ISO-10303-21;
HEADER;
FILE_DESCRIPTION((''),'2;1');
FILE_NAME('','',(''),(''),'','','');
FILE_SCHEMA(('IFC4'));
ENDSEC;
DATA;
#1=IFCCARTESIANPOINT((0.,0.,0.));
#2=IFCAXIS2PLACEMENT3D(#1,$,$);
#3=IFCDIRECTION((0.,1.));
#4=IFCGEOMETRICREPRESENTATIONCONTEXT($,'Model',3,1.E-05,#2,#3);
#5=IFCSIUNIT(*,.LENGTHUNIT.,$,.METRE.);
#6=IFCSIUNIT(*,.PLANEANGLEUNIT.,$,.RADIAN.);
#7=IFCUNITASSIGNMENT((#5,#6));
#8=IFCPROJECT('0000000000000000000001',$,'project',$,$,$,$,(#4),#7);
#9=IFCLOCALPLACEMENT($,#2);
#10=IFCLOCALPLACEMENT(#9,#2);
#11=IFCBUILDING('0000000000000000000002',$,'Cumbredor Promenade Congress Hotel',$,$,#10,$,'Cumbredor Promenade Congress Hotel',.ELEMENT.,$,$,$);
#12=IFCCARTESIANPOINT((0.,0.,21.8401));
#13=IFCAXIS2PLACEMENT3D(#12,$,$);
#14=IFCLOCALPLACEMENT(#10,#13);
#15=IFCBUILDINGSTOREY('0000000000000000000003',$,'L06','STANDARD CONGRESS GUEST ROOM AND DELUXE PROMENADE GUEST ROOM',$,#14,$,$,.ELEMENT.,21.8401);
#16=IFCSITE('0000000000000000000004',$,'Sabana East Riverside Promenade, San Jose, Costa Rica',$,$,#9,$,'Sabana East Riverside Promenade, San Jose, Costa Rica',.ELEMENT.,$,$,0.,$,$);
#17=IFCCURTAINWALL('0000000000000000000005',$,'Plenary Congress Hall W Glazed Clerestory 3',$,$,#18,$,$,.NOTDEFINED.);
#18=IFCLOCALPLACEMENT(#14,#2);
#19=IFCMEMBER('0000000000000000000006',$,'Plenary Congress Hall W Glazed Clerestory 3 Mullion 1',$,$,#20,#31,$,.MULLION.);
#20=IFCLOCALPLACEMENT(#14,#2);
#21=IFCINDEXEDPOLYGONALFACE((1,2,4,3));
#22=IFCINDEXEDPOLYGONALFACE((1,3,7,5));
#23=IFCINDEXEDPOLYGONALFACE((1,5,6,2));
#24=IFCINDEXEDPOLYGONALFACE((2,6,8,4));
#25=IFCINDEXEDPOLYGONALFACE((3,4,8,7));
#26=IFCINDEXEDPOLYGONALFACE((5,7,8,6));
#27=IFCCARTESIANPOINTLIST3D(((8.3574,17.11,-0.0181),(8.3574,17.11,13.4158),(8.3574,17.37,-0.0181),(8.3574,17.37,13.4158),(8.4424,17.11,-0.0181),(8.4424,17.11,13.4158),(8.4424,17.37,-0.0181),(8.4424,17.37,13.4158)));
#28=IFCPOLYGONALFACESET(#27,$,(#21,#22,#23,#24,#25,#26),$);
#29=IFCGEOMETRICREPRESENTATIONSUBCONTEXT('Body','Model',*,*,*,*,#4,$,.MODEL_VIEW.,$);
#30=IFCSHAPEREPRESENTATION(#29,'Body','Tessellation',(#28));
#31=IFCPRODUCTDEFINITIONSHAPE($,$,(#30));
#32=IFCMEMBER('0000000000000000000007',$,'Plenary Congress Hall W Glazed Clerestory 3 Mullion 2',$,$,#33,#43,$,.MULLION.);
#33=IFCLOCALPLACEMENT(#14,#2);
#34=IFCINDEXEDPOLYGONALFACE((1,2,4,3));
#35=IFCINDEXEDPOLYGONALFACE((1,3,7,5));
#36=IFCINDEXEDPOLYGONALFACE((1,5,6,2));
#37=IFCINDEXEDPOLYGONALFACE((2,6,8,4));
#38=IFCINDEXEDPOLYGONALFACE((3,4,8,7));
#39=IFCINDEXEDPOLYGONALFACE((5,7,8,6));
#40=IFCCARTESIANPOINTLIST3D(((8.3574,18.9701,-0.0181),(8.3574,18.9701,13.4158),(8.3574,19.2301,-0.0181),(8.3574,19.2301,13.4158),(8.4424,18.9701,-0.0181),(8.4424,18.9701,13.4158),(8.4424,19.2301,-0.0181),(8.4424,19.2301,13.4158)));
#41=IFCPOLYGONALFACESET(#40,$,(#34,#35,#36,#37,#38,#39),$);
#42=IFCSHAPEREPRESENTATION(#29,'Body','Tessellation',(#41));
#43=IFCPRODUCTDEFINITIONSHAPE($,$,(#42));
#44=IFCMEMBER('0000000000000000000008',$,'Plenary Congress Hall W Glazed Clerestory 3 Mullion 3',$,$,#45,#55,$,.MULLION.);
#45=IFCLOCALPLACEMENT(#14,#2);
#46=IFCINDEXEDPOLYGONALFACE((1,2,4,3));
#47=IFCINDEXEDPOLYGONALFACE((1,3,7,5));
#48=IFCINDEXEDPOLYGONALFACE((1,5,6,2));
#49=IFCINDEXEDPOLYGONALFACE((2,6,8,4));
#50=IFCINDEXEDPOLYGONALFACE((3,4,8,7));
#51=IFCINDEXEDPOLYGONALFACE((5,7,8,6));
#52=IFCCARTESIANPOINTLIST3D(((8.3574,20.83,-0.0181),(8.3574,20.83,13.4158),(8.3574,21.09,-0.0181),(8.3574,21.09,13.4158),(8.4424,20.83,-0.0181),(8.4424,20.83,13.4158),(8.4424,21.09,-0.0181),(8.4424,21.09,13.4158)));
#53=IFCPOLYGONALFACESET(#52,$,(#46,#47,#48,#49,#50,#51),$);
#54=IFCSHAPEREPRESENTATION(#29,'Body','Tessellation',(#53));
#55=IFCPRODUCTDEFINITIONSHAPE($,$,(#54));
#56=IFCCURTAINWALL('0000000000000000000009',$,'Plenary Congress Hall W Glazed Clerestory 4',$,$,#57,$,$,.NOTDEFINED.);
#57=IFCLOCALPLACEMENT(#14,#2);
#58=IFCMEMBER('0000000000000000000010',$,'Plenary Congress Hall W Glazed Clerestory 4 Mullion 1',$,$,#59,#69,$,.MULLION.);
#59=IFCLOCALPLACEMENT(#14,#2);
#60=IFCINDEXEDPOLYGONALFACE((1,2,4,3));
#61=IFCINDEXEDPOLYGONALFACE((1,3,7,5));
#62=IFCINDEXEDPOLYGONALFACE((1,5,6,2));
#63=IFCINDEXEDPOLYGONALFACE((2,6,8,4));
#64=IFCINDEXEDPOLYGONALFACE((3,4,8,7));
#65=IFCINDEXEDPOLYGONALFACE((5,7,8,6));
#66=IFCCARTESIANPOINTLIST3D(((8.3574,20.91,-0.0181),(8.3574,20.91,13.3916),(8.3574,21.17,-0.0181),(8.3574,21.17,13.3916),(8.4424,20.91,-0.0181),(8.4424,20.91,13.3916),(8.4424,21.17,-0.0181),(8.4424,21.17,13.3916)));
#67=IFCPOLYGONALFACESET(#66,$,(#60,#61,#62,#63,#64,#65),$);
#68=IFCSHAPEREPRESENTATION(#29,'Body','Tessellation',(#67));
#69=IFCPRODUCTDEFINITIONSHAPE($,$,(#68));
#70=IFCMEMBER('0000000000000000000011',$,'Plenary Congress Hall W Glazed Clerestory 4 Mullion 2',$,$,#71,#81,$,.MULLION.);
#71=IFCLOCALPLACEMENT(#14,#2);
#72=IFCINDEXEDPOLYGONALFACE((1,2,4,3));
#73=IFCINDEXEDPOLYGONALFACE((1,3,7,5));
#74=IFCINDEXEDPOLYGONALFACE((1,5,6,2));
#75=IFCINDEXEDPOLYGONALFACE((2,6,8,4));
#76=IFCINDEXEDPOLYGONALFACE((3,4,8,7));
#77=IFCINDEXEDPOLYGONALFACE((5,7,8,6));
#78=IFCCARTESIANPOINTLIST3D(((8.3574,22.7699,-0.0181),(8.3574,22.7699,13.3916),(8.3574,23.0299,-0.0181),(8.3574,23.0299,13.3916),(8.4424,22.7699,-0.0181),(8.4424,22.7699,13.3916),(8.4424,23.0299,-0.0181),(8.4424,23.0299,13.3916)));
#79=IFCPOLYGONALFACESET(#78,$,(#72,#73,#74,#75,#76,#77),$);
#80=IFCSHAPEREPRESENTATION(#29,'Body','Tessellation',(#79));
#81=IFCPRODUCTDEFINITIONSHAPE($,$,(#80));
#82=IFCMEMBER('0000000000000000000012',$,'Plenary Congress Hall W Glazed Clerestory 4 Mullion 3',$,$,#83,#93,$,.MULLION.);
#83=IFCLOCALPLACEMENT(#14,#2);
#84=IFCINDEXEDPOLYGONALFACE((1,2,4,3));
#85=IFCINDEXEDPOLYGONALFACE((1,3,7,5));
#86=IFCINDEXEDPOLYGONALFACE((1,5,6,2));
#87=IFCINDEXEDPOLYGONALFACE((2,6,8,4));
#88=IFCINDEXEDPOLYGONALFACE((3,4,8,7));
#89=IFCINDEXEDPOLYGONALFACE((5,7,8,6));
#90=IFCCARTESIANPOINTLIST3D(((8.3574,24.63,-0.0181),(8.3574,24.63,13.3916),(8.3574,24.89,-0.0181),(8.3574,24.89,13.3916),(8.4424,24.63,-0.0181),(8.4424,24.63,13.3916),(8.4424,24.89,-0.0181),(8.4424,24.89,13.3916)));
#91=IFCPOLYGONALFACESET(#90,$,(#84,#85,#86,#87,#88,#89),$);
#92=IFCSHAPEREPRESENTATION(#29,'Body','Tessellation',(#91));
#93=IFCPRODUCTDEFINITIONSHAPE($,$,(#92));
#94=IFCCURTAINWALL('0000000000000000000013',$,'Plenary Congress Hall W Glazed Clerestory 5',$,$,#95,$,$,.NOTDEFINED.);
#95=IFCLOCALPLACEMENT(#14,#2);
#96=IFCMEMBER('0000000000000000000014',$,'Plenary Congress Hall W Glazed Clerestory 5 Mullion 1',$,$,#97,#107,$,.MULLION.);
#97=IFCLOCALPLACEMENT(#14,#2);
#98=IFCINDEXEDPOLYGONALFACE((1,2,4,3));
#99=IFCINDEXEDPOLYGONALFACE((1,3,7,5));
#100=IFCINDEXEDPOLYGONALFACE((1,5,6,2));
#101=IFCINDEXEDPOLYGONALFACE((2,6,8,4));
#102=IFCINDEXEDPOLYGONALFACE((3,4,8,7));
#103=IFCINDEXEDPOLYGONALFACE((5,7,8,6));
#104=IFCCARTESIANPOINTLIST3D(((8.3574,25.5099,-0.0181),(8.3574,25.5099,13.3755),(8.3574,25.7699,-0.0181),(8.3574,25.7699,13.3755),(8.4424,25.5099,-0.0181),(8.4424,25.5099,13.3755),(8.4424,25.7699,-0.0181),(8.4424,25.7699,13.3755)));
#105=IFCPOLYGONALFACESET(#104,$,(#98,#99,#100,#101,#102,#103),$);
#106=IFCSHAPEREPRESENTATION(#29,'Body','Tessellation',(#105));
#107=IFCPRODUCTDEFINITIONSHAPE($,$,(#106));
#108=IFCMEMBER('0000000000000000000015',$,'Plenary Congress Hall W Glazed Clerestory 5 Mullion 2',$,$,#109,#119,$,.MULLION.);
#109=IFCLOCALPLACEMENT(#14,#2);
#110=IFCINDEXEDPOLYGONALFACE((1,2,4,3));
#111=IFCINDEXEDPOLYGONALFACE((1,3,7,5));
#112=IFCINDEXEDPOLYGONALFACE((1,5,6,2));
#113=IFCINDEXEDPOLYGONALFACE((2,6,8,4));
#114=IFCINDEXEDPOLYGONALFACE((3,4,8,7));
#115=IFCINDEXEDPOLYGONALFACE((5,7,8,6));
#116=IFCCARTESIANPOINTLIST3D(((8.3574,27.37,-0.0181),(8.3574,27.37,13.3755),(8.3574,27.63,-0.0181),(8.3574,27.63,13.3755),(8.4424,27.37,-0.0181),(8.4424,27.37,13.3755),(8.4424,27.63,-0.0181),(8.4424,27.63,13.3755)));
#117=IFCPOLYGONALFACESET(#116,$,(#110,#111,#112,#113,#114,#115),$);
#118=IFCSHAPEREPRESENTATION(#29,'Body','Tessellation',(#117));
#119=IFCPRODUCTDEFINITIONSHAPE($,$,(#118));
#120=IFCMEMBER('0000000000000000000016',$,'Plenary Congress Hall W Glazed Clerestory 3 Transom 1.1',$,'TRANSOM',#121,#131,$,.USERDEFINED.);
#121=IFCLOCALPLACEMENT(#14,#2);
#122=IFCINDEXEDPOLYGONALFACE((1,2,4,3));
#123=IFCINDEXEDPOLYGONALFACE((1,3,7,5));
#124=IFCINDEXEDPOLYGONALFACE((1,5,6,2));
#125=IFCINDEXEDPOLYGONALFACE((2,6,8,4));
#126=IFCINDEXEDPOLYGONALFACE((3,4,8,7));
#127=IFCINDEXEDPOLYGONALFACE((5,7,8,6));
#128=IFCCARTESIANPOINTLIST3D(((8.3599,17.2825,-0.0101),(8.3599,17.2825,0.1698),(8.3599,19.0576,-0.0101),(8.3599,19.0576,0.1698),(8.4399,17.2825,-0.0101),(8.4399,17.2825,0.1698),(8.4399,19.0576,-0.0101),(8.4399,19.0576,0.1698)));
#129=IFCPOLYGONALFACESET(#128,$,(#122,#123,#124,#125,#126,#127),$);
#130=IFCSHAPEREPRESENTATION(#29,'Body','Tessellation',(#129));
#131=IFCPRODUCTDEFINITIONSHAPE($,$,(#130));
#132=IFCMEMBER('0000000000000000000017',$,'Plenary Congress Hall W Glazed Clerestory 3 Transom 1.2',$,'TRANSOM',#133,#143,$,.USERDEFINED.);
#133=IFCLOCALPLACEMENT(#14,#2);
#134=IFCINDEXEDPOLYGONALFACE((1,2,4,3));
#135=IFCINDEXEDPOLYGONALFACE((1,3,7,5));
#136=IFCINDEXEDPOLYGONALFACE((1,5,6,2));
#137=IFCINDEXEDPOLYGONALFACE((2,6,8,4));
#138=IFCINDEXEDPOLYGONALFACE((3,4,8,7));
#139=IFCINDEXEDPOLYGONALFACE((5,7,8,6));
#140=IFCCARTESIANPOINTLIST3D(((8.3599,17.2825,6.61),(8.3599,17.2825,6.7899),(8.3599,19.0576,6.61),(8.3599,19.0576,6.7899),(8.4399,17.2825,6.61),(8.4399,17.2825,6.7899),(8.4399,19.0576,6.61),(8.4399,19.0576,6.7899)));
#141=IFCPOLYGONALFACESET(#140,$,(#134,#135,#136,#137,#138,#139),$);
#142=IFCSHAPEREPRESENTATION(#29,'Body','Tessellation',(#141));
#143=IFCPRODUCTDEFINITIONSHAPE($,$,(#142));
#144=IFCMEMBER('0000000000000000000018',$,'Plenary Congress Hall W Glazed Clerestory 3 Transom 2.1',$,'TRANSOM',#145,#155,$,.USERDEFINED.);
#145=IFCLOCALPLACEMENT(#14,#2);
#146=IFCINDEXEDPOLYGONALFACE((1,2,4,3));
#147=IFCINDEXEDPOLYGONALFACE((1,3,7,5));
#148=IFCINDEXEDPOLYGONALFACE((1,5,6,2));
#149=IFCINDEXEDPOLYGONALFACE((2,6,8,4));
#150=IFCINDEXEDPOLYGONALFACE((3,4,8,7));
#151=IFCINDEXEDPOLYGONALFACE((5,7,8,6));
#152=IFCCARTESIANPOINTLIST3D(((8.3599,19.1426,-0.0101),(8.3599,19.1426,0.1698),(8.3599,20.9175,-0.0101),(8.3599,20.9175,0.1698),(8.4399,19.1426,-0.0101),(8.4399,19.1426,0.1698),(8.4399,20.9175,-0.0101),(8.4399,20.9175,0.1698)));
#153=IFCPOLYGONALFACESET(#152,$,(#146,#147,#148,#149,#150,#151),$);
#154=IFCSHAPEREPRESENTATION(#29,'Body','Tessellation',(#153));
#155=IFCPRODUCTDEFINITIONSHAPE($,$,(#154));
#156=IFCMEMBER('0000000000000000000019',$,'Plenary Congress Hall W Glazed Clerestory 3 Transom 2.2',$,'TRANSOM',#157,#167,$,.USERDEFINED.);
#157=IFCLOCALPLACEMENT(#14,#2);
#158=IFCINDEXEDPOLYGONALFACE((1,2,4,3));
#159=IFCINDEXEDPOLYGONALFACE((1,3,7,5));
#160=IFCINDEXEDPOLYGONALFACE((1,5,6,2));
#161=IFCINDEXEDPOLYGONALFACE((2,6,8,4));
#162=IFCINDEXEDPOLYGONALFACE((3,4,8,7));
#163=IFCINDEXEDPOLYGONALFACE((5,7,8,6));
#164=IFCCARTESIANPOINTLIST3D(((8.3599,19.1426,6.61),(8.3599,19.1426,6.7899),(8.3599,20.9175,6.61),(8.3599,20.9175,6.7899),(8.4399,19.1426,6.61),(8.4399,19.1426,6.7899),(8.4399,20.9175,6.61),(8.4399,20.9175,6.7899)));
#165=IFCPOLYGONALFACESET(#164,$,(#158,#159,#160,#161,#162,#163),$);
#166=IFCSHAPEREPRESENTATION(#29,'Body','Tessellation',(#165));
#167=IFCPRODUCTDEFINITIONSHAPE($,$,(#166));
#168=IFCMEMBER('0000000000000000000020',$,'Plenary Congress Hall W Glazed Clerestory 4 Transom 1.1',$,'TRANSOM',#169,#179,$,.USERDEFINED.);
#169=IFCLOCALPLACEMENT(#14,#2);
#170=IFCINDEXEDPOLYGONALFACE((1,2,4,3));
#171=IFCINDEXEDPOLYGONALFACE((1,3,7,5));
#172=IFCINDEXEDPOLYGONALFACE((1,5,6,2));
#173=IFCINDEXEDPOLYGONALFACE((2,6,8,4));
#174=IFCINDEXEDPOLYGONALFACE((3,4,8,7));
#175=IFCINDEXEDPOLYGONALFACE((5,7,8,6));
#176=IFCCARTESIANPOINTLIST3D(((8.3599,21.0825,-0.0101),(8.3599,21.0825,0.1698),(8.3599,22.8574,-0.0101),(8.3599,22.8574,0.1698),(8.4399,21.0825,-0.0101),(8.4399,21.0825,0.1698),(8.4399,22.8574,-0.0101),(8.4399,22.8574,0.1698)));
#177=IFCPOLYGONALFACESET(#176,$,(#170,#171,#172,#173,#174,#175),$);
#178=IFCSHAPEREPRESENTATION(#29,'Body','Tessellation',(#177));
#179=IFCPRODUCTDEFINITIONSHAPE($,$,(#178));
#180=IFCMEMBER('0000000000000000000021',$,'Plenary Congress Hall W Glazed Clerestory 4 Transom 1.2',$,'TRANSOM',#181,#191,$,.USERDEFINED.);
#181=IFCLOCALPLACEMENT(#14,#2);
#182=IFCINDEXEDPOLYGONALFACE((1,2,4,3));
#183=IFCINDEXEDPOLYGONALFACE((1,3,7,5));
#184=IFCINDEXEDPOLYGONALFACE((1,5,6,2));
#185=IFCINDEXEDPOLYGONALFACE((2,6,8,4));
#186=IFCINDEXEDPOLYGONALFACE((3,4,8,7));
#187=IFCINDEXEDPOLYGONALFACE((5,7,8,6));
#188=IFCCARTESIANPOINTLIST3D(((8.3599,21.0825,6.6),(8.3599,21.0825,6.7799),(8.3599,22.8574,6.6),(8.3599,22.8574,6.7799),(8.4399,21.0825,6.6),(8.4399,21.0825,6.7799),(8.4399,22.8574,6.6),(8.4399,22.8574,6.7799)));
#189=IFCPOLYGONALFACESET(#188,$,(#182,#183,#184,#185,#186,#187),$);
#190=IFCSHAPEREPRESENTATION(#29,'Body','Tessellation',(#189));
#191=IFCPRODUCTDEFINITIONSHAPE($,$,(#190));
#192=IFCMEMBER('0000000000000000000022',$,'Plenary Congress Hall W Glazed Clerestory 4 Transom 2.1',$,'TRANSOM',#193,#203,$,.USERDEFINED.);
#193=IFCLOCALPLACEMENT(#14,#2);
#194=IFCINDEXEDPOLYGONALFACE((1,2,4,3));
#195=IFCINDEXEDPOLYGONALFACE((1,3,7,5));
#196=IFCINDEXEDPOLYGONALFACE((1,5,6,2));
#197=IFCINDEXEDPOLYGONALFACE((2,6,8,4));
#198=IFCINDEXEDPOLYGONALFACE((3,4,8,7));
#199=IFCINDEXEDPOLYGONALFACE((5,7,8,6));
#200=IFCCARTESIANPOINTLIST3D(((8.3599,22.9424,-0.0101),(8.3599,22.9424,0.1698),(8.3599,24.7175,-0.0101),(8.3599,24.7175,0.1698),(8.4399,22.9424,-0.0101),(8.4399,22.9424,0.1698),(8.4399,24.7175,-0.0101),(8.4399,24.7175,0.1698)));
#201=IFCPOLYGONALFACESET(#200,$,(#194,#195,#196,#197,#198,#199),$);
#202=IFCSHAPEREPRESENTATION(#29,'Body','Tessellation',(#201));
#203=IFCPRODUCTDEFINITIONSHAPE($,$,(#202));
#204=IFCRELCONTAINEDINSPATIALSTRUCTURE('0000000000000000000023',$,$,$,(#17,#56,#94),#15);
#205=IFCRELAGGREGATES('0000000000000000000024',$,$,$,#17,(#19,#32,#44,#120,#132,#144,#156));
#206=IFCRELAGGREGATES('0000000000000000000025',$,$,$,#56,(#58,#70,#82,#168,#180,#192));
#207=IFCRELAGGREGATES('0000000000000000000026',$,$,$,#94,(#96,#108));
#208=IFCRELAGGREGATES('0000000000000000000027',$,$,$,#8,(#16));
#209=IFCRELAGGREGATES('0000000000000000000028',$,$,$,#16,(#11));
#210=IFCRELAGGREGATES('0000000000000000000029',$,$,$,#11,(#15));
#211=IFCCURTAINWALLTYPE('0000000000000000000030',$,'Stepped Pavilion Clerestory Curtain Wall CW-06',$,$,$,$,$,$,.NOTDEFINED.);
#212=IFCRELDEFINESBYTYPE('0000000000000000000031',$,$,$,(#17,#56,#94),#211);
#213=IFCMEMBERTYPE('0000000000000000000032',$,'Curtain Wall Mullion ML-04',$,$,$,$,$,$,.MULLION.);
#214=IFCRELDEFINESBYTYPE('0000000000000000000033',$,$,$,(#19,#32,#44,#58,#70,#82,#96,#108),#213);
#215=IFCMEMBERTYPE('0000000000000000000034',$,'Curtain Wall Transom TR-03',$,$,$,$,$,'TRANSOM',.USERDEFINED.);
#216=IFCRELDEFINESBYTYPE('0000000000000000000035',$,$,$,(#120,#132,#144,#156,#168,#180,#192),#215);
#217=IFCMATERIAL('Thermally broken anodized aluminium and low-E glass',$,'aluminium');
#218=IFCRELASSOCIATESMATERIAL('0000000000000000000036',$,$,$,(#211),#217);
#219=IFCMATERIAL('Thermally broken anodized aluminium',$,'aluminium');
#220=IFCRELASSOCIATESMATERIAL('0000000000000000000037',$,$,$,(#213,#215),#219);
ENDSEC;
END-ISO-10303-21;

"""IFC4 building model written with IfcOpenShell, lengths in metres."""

from ifc_helpers import new_model, si_unit, direction, frame, origin, origin_2d, place, context, subcontext, project, spatial, rectangle, extrude, material, material_profile, profile_set, type_object, element, aggregate, save


model = new_model("IFC4")

# Units and contexts
model_context = context("Model", 3, precision=1e-05, world=origin(), true_north=direction((0.0, 1.0)))
body_context = subcontext(model_context, "Body", "Model", "MODEL_VIEW")
ifc_project = project(units=[si_unit("LENGTHUNIT", "METRE"), si_unit("PLANEANGLEUNIT", "RADIAN")], contexts=[model_context])

# Site, building, storey
site_placement = place(None, origin())
site = spatial("IfcSite", under=ifc_project, at=site_placement, Name="Sabana East Riverside Promenade, San Jose, Costa Rica", LongName="Sabana East Riverside Promenade, San Jose, Costa Rica", CompositionType="ELEMENT", RefElevation=0.0)
building_placement = place(site_placement, origin())
building = spatial("IfcBuilding", under=site, at=building_placement, Name="Cumbredor Promenade Congress Hotel", LongName="Cumbredor Promenade Congress Hotel", CompositionType="ELEMENT")
storey_placement = place(building_placement, frame((0.0, 0.0, 21.8401)))
storey = spatial("IfcBuildingStorey", under=building, at=storey_placement, Name="L06", Description="STANDARD CONGRESS GUEST ROOM AND DELUXE PROMENADE GUEST ROOM", CompositionType="ELEMENT", Elevation=21.8401)

# Curtain walls, members
ifc_material_1 = material(Name="Thermally broken anodized aluminium and low-E glass", Category="aluminium")
curtain_wall_type = type_object("IfcCurtainWallType", Name="Stepped Pavilion Clerestory Curtain Wall CW-06", PredefinedType="NOTDEFINED", material=ifc_material_1)
curtain_wall_1_placement = place(storey_placement, origin())
curtain_wall_1 = element("IfcCurtainWall", 1, at=curtain_wall_1_placement, inside=storey, type_object=curtain_wall_type, Name="Plenary Congress Hall W Glazed Clerestory 3", PredefinedType="NOTDEFINED")
ifc_material_2 = material(Name="Thermally broken anodized aluminium", Category="aluminium")
ifc_material_profile_1 = material_profile(ifc_material_2, rectangle(XDim=0.085, YDim=0.26, at=origin_2d()), Name="ALU MULLION CLERESTORY 85x260")
ifc_profile_set_1 = profile_set([ifc_material_profile_1], Name="Thermally broken anodized aluminium")
member_type_1 = type_object("IfcMemberType", Name="Curtain Wall Mullion ML-04", PredefinedType="MULLION", material=ifc_profile_set_1)
member_1_placement = place(storey_placement, frame((8.3999, 17.24, -0.0181), z_axis=(0.0, 0.0, 1.0), x_axis=(1.0, 0.0, 0.0)))
member_1 = element("IfcMember", 2, at=member_1_placement, type_object=member_type_1, Name="Plenary Congress Hall W Glazed Clerestory 3 Mullion 1", PredefinedType="MULLION", context=body_context, shape_type="SweptSolid", body=[
    extrude(rectangle(XDim=0.085, YDim=0.26, at=origin_2d()), origin(), (0.0, 0.0, 1.0), 13.4338),
])
member_2_placement = place(storey_placement, frame((8.3999, 19.1001, -0.0181), z_axis=(0.0, 0.0, 1.0), x_axis=(1.0, 0.0, 0.0)))
member_2 = element("IfcMember", 3, at=member_2_placement, type_object=member_type_1, Name="Plenary Congress Hall W Glazed Clerestory 3 Mullion 2", PredefinedType="MULLION", context=body_context, shape_type="SweptSolid", body=[
    extrude(rectangle(XDim=0.085, YDim=0.26, at=origin_2d()), origin(), (0.0, 0.0, 1.0), 13.4338),
])
member_3_placement = place(storey_placement, frame((8.3999, 20.96, -0.0181), z_axis=(0.0, 0.0, 1.0), x_axis=(1.0, 0.0, 0.0)))
member_3 = element("IfcMember", 4, at=member_3_placement, type_object=member_type_1, Name="Plenary Congress Hall W Glazed Clerestory 3 Mullion 3", PredefinedType="MULLION", context=body_context, shape_type="SweptSolid", body=[
    extrude(rectangle(XDim=0.085, YDim=0.26, at=origin_2d()), origin(), (0.0, 0.0, 1.0), 13.4338),
])
curtain_wall_2_placement = place(storey_placement, origin())
curtain_wall_2 = element("IfcCurtainWall", 5, at=curtain_wall_2_placement, inside=storey, type_object=curtain_wall_type, Name="Plenary Congress Hall W Glazed Clerestory 4", PredefinedType="NOTDEFINED")
member_4_placement = place(storey_placement, frame((8.3999, 21.04, -0.0181), z_axis=(0.0, 0.0, 1.0), x_axis=(1.0, 0.0, 0.0)))
member_4 = element("IfcMember", 6, at=member_4_placement, type_object=member_type_1, Name="Plenary Congress Hall W Glazed Clerestory 4 Mullion 1", PredefinedType="MULLION", context=body_context, shape_type="SweptSolid", body=[
    extrude(rectangle(XDim=0.085, YDim=0.26, at=origin_2d()), origin(), (0.0, 0.0, 1.0), 13.4097),
])
member_5_placement = place(storey_placement, frame((8.3999, 22.8999, -0.0181), z_axis=(0.0, 0.0, 1.0), x_axis=(1.0, 0.0, 0.0)))
member_5 = element("IfcMember", 7, at=member_5_placement, type_object=member_type_1, Name="Plenary Congress Hall W Glazed Clerestory 4 Mullion 2", PredefinedType="MULLION", context=body_context, shape_type="SweptSolid", body=[
    extrude(rectangle(XDim=0.085, YDim=0.26, at=origin_2d()), origin(), (0.0, 0.0, 1.0), 13.4097),
])
member_6_placement = place(storey_placement, frame((8.3999, 24.76, -0.0181), z_axis=(0.0, 0.0, 1.0), x_axis=(1.0, 0.0, 0.0)))
member_6 = element("IfcMember", 8, at=member_6_placement, type_object=member_type_1, Name="Plenary Congress Hall W Glazed Clerestory 4 Mullion 3", PredefinedType="MULLION", context=body_context, shape_type="SweptSolid", body=[
    extrude(rectangle(XDim=0.085, YDim=0.26, at=origin_2d()), origin(), (0.0, 0.0, 1.0), 13.4097),
])
curtain_wall_3_placement = place(storey_placement, origin())
curtain_wall_3 = element("IfcCurtainWall", 9, at=curtain_wall_3_placement, inside=storey, type_object=curtain_wall_type, Name="Plenary Congress Hall W Glazed Clerestory 5", PredefinedType="NOTDEFINED")
member_7_placement = place(storey_placement, frame((8.3999, 25.6399, -0.0181), z_axis=(0.0, 0.0, 1.0), x_axis=(1.0, 0.0, 0.0)))
member_7 = element("IfcMember", 10, at=member_7_placement, type_object=member_type_1, Name="Plenary Congress Hall W Glazed Clerestory 5 Mullion 1", PredefinedType="MULLION", context=body_context, shape_type="SweptSolid", body=[
    extrude(rectangle(XDim=0.085, YDim=0.26, at=origin_2d()), origin(), (0.0, 0.0, 1.0), 13.3936),
])
member_8_placement = place(storey_placement, frame((8.3999, 27.5, -0.0181), z_axis=(0.0, 0.0, 1.0), x_axis=(1.0, 0.0, 0.0)))
member_8 = element("IfcMember", 11, at=member_8_placement, type_object=member_type_1, Name="Plenary Congress Hall W Glazed Clerestory 5 Mullion 2", PredefinedType="MULLION", context=body_context, shape_type="SweptSolid", body=[
    extrude(rectangle(XDim=0.085, YDim=0.26, at=origin_2d()), origin(), (0.0, 0.0, 1.0), 13.3936),
])

# Members
ifc_material_profile_2 = material_profile(ifc_material_2, rectangle(XDim=0.0801, YDim=0.1799, at=origin_2d()), Name="ALU TRANSOM 80x180")
ifc_profile_set_2 = profile_set([ifc_material_profile_2], Name="Thermally broken anodized aluminium")
member_type_2 = type_object("IfcMemberType", Name="Curtain Wall Transom TR-03", ElementType="TRANSOM", PredefinedType="USERDEFINED", material=ifc_profile_set_2)
member_9_placement = place(storey_placement, frame((8.3999, 17.2825, 0.0798), z_axis=(0.0, 1.0, 0.0), x_axis=(-1.0, 0.0, 0.0)))
member_9 = element("IfcMember", 12, at=member_9_placement, type_object=member_type_2, Name="Plenary Congress Hall W Glazed Clerestory 3 Transom 1.1", ObjectType="TRANSOM", PredefinedType="USERDEFINED", context=body_context, shape_type="SweptSolid", body=[
    extrude(rectangle(XDim=0.0801, YDim=0.1799, at=origin_2d()), origin(), (0.0, 0.0, 1.0), 1.7751),
])
member_10_placement = place(storey_placement, frame((8.3999, 17.2825, 6.7), z_axis=(0.0, 1.0, 0.0), x_axis=(-1.0, 0.0, 0.0)))
member_10 = element("IfcMember", 13, at=member_10_placement, type_object=member_type_2, Name="Plenary Congress Hall W Glazed Clerestory 3 Transom 1.2", ObjectType="TRANSOM", PredefinedType="USERDEFINED", context=body_context, shape_type="SweptSolid", body=[
    extrude(rectangle(XDim=0.0801, YDim=0.1799, at=origin_2d()), origin(), (0.0, 0.0, 1.0), 1.7751),
])
member_11_placement = place(storey_placement, frame((8.3999, 19.1426, 0.0798), z_axis=(0.0, 1.0, 0.0), x_axis=(-1.0, 0.0, 0.0)))
member_11 = element("IfcMember", 14, at=member_11_placement, type_object=member_type_2, Name="Plenary Congress Hall W Glazed Clerestory 3 Transom 2.1", ObjectType="TRANSOM", PredefinedType="USERDEFINED", context=body_context, shape_type="SweptSolid", body=[
    extrude(rectangle(XDim=0.0801, YDim=0.1799, at=origin_2d()), origin(), (0.0, 0.0, 1.0), 1.7749),
])
member_12_placement = place(storey_placement, frame((8.3999, 19.1426, 6.7), z_axis=(0.0, 1.0, 0.0), x_axis=(-1.0, 0.0, 0.0)))
member_12 = element("IfcMember", 15, at=member_12_placement, type_object=member_type_2, Name="Plenary Congress Hall W Glazed Clerestory 3 Transom 2.2", ObjectType="TRANSOM", PredefinedType="USERDEFINED", context=body_context, shape_type="SweptSolid", body=[
    extrude(rectangle(XDim=0.0801, YDim=0.1799, at=origin_2d()), origin(), (0.0, 0.0, 1.0), 1.7749),
])
member_13_placement = place(storey_placement, frame((8.3999, 21.0825, 0.0798), z_axis=(0.0, 1.0, 0.0), x_axis=(-1.0, 0.0, 0.0)))
member_13 = element("IfcMember", 16, at=member_13_placement, type_object=member_type_2, Name="Plenary Congress Hall W Glazed Clerestory 4 Transom 1.1", ObjectType="TRANSOM", PredefinedType="USERDEFINED", context=body_context, shape_type="SweptSolid", body=[
    extrude(rectangle(XDim=0.0801, YDim=0.1799, at=origin_2d()), origin(), (0.0, 0.0, 1.0), 1.7749),
])
member_14_placement = place(storey_placement, frame((8.3999, 21.0825, 6.6899), z_axis=(0.0, 1.0, 0.0), x_axis=(-1.0, 0.0, 0.0)))
member_14 = element("IfcMember", 17, at=member_14_placement, type_object=member_type_2, Name="Plenary Congress Hall W Glazed Clerestory 4 Transom 1.2", ObjectType="TRANSOM", PredefinedType="USERDEFINED", context=body_context, shape_type="SweptSolid", body=[
    extrude(rectangle(XDim=0.0801, YDim=0.1799, at=origin_2d()), origin(), (0.0, 0.0, 1.0), 1.7749),
])
member_15_placement = place(storey_placement, frame((8.3999, 22.9424, 0.0798), z_axis=(0.0, 1.0, 0.0), x_axis=(-1.0, 0.0, 0.0)))
member_15 = element("IfcMember", 18, at=member_15_placement, type_object=member_type_2, Name="Plenary Congress Hall W Glazed Clerestory 4 Transom 2.1", ObjectType="TRANSOM", PredefinedType="USERDEFINED", context=body_context, shape_type="SweptSolid", body=[
    extrude(rectangle(XDim=0.0801, YDim=0.1799, at=origin_2d()), origin(), (0.0, 0.0, 1.0), 1.7751),
])

aggregate(curtain_wall_1, [member_1, member_2, member_3, member_9, member_10, member_11, member_12])
aggregate(curtain_wall_2, [member_4, member_5, member_6, member_13, member_14, member_15])
aggregate(curtain_wall_3, [member_7, member_8])

save(model, "model.ifc")
